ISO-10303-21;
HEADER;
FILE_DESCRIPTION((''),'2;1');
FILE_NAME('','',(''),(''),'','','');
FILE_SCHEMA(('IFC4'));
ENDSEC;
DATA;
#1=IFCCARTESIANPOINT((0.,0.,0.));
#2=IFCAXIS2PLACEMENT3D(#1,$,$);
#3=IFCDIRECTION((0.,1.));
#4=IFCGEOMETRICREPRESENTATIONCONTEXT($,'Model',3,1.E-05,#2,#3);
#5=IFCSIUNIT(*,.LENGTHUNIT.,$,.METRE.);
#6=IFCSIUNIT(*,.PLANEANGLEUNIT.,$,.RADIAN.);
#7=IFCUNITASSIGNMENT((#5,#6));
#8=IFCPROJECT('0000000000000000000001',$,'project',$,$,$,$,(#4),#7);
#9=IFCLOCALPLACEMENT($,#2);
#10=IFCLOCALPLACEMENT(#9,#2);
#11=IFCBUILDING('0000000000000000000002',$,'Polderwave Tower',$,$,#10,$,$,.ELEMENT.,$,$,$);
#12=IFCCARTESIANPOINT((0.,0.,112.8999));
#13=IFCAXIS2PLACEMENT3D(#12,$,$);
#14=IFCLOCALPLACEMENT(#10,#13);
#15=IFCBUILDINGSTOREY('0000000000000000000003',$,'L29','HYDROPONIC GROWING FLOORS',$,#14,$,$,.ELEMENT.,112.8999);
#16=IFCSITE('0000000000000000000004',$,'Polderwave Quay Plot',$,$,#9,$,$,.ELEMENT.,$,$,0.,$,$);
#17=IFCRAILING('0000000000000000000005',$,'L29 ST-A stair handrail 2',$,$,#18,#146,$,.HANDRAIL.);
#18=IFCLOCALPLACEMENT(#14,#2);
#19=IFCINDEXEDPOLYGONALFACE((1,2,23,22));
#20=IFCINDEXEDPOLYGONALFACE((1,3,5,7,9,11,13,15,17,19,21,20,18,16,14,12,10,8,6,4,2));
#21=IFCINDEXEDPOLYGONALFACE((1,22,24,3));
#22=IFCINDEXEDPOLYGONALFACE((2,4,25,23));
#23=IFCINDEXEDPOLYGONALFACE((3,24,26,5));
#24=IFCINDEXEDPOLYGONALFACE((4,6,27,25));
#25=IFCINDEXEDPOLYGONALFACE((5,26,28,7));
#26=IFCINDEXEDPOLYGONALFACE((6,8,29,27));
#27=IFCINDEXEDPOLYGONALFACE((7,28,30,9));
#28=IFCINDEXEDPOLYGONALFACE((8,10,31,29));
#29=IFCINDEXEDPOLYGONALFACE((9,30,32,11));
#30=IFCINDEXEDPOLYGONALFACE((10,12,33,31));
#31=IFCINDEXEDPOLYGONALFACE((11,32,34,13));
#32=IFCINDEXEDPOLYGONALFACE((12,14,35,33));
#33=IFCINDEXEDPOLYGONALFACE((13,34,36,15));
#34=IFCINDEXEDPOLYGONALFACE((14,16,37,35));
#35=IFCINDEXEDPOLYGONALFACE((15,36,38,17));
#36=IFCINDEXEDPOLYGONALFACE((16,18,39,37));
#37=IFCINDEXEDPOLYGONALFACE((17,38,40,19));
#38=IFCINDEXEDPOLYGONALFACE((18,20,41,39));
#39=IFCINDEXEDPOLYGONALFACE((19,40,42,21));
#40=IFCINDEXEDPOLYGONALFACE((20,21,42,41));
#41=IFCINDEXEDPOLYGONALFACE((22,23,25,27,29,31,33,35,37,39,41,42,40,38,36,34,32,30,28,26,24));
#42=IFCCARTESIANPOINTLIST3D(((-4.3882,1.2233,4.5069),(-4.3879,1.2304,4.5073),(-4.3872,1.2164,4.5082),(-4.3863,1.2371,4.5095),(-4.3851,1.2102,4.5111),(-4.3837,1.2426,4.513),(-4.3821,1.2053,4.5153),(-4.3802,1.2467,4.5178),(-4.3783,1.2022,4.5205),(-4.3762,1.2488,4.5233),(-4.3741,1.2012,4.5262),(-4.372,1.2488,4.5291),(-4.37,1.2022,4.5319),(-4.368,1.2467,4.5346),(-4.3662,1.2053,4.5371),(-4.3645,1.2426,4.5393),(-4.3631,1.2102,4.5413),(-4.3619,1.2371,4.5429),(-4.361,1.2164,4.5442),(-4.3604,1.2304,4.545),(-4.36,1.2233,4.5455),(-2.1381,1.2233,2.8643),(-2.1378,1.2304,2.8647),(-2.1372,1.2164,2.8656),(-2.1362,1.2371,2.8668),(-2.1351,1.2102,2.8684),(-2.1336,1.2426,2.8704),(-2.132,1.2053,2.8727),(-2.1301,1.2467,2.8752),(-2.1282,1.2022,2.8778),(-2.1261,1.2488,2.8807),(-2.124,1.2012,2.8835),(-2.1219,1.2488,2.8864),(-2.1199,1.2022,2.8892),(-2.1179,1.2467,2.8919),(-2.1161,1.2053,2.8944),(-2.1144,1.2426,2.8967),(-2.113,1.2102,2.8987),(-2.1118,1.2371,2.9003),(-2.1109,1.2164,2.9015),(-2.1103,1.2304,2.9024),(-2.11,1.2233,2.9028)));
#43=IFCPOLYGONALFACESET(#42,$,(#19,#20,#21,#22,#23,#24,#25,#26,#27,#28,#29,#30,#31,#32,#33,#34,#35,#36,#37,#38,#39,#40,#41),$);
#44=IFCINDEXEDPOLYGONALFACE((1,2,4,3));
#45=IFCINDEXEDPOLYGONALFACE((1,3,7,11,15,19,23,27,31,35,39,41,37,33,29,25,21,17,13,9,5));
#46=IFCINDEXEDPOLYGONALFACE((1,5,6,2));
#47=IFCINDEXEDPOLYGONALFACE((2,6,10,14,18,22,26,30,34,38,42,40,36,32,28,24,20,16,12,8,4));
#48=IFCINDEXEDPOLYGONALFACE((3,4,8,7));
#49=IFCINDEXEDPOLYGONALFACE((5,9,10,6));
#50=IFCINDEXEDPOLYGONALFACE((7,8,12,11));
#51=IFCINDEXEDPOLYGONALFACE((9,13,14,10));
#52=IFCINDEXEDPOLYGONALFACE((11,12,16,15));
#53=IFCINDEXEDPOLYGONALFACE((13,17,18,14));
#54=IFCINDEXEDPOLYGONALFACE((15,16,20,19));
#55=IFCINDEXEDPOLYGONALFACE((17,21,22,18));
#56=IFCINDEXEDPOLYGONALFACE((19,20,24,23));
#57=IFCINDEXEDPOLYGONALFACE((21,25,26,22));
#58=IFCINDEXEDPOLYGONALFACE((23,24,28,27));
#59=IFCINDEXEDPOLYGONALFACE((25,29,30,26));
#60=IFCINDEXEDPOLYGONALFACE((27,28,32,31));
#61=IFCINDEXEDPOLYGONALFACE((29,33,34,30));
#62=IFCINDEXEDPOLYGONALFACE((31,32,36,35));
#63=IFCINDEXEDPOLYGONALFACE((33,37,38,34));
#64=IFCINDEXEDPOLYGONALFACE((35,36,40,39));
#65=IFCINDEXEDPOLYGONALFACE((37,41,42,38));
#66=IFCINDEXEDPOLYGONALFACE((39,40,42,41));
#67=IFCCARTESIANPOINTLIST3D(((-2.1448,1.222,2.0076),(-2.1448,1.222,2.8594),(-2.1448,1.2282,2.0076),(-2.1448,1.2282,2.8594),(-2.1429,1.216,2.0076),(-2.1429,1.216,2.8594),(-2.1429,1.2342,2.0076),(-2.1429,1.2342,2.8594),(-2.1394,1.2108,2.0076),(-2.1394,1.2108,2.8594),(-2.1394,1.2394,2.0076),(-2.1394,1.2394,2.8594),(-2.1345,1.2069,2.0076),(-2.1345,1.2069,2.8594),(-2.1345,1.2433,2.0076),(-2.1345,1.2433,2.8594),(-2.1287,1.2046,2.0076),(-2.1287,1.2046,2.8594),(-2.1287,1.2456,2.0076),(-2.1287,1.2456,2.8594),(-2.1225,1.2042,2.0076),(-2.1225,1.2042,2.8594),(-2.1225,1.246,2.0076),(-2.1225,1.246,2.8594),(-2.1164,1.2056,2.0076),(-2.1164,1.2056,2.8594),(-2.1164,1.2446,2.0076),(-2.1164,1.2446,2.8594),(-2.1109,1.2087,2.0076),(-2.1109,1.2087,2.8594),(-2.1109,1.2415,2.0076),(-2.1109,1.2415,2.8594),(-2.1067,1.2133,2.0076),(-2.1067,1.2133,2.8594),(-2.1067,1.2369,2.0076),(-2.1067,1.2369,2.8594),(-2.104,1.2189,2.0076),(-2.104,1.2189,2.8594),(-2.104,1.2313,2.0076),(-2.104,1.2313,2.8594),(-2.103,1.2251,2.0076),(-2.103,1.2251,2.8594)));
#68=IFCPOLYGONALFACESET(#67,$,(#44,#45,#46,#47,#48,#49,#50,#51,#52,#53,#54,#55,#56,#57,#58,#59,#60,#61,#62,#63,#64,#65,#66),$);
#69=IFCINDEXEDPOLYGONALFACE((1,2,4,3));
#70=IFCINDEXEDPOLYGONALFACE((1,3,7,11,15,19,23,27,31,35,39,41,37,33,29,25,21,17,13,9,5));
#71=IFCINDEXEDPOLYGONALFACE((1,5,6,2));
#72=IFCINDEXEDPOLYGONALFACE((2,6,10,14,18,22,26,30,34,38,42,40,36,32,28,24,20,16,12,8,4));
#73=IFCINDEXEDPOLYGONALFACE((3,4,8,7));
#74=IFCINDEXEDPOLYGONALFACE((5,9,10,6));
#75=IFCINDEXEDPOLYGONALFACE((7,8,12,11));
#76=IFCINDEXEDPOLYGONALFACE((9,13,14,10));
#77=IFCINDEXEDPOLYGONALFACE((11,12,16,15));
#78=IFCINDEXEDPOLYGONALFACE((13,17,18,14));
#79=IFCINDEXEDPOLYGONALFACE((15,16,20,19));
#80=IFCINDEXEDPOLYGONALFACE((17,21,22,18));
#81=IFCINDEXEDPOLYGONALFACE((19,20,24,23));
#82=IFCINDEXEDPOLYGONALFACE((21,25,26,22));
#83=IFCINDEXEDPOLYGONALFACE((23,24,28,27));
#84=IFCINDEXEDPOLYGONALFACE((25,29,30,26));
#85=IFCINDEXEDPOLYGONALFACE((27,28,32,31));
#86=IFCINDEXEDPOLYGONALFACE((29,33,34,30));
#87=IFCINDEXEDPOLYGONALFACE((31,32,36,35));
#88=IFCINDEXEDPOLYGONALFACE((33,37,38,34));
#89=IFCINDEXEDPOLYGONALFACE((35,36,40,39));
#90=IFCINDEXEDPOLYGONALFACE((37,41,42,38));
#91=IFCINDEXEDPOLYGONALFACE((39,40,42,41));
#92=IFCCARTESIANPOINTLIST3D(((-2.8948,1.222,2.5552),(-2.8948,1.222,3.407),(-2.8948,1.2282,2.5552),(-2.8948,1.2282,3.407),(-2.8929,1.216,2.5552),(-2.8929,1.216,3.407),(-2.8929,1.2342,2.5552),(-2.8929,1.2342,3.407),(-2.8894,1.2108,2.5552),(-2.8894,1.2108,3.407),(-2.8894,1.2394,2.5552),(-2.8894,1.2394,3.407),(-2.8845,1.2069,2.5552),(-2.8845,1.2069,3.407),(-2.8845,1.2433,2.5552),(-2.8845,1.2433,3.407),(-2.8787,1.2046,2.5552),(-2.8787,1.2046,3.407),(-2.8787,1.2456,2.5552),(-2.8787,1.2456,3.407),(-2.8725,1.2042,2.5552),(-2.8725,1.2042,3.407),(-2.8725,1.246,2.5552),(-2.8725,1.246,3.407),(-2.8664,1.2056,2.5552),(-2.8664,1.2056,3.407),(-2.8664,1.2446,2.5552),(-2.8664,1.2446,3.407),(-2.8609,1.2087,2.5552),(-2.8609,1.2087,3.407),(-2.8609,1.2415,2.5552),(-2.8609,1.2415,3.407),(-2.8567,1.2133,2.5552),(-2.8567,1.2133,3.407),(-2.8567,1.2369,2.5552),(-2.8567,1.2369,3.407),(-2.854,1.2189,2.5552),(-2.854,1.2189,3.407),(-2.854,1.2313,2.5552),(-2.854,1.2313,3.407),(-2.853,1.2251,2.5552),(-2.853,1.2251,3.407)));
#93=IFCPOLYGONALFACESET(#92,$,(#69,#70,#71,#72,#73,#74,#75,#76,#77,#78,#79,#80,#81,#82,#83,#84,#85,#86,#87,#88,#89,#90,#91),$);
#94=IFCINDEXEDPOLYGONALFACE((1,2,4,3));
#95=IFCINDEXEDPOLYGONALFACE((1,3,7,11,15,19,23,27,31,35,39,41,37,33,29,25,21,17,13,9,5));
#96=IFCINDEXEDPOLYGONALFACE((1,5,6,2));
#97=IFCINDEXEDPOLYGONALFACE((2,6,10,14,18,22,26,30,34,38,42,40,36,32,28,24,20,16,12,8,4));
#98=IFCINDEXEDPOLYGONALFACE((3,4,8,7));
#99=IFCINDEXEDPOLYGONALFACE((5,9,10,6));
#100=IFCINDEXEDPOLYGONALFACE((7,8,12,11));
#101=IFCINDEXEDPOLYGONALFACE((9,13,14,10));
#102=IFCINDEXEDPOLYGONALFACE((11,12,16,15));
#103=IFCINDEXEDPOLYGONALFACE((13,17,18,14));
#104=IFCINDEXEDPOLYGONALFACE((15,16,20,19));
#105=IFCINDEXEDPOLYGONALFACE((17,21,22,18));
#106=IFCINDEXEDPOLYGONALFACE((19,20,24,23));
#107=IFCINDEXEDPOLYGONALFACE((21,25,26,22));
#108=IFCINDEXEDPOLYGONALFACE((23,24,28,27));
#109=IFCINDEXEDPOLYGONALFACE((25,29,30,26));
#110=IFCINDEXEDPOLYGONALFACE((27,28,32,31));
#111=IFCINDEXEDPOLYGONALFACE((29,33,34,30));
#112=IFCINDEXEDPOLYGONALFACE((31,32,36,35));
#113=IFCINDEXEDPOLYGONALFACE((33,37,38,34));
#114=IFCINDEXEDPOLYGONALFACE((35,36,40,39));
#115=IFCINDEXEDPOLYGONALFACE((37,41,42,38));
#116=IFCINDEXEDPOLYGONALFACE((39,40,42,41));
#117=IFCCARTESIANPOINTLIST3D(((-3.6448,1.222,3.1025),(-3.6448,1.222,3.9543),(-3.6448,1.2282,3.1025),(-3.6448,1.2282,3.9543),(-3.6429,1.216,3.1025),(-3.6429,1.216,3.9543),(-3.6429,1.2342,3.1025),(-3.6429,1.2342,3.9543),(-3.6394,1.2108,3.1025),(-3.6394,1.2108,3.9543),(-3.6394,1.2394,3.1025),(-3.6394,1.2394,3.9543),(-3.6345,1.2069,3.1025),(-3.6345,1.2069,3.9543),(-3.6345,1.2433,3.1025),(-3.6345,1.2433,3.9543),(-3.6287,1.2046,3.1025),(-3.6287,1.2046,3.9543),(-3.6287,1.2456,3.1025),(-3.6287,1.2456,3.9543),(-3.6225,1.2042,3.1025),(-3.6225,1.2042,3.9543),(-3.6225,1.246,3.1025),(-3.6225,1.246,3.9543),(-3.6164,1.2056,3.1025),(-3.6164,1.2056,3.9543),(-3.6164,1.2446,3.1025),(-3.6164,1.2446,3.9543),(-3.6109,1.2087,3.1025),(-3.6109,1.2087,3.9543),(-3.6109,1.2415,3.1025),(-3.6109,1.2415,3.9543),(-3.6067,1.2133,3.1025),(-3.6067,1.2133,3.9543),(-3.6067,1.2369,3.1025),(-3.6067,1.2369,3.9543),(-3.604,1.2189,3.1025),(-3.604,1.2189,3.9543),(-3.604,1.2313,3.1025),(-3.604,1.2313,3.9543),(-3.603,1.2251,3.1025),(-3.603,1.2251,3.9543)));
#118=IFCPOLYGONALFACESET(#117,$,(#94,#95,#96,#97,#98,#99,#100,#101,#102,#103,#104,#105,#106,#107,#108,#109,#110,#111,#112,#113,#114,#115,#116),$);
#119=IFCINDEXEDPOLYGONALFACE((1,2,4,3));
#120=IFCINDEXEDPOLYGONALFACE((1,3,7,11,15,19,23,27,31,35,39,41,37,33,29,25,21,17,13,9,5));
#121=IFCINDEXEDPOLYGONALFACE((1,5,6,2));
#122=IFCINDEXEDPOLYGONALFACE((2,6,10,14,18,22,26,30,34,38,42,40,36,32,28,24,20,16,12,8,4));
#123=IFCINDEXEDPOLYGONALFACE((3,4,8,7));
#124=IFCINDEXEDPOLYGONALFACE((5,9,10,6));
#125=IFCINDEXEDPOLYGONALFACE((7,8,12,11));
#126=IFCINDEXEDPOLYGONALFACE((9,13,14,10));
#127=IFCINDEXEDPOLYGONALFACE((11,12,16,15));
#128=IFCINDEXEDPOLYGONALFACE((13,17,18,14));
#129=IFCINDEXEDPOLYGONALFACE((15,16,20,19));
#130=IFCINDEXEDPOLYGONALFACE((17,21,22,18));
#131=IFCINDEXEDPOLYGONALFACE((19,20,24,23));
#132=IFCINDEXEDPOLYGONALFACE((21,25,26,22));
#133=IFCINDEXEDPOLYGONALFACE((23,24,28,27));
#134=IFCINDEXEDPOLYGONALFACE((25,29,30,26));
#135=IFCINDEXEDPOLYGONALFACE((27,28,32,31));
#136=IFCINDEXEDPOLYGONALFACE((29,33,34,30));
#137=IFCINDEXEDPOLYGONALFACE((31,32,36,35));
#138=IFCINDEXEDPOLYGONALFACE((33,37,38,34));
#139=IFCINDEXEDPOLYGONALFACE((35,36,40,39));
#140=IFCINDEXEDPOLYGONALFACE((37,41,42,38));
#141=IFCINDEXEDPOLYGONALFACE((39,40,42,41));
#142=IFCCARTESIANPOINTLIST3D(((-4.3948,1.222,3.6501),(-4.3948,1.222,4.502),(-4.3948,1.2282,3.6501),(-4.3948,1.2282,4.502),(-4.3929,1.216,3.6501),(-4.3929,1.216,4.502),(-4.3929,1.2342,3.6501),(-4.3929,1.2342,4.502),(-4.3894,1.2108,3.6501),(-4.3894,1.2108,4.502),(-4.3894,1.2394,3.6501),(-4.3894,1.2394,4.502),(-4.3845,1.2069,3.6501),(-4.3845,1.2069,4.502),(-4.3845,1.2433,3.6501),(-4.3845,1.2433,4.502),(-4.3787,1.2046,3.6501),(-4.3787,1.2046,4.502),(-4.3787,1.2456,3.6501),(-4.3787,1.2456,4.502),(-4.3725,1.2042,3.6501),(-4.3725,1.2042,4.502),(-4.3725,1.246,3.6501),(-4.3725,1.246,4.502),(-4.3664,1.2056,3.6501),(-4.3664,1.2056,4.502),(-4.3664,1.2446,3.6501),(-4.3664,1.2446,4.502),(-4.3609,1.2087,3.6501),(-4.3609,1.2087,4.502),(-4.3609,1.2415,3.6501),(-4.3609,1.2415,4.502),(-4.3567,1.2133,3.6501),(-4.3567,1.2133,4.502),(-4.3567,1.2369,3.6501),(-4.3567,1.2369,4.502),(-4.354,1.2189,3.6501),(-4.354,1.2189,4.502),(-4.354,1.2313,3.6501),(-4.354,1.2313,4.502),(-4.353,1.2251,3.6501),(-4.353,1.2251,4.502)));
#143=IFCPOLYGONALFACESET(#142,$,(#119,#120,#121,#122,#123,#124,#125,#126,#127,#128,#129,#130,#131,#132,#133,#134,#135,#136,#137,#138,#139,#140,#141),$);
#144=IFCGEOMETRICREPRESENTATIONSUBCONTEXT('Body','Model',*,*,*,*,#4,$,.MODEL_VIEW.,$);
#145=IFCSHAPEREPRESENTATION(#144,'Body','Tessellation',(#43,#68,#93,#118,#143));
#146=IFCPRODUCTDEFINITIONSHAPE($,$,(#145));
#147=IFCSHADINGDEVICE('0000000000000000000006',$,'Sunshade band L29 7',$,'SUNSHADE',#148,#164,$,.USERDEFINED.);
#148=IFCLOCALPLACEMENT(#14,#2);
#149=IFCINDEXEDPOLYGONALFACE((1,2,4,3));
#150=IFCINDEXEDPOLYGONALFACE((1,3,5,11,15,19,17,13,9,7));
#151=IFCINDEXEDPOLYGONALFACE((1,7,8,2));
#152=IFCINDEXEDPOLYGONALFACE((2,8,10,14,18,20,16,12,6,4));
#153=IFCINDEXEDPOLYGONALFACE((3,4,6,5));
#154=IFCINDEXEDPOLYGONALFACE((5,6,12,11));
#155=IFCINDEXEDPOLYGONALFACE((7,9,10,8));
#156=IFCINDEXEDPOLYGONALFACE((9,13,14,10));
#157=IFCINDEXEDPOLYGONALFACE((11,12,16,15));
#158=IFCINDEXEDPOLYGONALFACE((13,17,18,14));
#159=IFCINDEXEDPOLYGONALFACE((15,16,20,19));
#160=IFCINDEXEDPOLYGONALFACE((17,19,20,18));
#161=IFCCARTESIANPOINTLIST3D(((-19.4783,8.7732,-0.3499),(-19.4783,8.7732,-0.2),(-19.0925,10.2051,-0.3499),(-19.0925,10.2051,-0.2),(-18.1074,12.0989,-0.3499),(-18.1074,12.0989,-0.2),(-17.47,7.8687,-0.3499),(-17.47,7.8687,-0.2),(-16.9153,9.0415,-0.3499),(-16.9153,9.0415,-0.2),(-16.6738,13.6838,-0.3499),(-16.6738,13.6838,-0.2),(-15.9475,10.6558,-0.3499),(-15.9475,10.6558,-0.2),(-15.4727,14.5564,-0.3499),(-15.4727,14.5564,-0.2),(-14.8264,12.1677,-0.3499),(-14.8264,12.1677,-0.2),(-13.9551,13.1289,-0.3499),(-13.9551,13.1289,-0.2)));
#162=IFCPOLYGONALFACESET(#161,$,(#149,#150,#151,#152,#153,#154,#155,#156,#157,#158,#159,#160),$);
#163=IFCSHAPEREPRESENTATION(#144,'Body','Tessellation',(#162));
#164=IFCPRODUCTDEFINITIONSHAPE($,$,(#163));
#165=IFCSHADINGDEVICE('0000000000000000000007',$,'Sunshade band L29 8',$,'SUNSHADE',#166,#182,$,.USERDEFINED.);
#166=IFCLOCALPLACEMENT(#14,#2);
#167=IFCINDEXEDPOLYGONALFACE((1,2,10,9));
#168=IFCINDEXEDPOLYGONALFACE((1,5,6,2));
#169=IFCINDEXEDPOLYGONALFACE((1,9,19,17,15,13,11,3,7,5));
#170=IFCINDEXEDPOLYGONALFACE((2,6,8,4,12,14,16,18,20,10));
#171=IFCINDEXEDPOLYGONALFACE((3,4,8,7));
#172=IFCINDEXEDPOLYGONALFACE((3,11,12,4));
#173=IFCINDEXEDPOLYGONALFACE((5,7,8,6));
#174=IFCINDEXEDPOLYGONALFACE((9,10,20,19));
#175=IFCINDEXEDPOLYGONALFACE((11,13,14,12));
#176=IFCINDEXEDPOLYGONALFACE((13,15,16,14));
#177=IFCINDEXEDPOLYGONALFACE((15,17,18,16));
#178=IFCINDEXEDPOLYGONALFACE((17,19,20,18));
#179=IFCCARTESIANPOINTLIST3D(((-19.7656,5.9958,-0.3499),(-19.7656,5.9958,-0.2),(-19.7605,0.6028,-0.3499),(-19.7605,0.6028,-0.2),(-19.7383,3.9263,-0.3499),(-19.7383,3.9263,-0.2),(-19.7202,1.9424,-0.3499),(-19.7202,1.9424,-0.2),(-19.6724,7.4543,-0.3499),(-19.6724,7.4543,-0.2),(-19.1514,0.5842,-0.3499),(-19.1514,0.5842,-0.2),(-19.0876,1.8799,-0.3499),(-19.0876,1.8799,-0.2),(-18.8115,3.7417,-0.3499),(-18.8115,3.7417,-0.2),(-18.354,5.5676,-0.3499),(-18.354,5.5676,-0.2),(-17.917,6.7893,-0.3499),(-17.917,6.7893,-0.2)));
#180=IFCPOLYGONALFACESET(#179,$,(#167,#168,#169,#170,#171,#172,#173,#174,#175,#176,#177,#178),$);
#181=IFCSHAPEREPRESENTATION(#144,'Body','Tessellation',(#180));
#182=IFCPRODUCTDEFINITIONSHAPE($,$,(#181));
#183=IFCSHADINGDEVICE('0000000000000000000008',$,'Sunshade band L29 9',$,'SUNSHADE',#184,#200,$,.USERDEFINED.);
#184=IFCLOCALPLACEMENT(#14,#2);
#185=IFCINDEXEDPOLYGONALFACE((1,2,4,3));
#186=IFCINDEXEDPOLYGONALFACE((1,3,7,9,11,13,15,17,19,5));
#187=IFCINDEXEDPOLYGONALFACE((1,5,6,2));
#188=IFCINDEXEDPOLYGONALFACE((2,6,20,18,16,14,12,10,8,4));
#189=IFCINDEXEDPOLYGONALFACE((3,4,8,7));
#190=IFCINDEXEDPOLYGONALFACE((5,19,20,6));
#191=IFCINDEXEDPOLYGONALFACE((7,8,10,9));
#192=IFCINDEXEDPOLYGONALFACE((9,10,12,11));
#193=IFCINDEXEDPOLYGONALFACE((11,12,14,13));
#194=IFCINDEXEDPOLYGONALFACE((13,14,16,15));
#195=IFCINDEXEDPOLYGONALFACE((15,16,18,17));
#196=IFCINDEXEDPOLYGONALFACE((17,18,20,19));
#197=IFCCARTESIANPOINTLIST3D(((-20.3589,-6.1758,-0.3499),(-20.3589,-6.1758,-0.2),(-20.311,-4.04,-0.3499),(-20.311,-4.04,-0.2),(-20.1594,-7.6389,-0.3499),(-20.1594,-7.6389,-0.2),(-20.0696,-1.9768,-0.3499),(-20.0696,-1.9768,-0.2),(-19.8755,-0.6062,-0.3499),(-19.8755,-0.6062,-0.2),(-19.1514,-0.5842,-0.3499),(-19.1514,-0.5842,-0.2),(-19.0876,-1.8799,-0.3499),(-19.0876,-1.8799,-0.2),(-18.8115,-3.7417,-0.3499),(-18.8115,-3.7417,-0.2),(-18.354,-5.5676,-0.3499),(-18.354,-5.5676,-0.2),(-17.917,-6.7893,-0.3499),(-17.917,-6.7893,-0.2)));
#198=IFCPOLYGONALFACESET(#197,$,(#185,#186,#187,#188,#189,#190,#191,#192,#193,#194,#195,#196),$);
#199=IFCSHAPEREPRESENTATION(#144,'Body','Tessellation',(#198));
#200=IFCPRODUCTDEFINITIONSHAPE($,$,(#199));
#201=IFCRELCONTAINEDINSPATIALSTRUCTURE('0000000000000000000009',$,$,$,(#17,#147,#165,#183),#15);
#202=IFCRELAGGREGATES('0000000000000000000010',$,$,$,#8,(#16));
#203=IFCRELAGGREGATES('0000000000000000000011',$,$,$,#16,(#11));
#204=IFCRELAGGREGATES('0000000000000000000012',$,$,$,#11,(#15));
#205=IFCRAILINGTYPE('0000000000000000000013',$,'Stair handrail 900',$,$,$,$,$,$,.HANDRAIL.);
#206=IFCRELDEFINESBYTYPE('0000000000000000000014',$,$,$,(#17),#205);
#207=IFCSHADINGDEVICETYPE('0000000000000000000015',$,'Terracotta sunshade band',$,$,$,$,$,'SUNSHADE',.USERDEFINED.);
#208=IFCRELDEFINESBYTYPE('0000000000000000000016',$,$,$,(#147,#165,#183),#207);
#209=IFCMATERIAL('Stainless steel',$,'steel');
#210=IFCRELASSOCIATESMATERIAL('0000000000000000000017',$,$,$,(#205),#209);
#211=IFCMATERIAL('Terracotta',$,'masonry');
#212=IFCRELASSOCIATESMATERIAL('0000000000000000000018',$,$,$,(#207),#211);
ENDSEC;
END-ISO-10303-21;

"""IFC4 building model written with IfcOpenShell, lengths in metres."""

from ifc_helpers import new_model, si_unit, direction, frame, origin, origin_2d, place, context, subcontext, project, spatial, polyline, circle, outline, extrude, material, type_object, element, save


model = new_model("IFC4")

# Units and contexts
model_context = context("Model", 3, precision=1e-05, world=origin(), true_north=direction((0.0, 1.0)))
body_context = subcontext(model_context, "Body", "Model", "MODEL_VIEW")
ifc_project = project(units=[si_unit("LENGTHUNIT", "METRE"), si_unit("PLANEANGLEUNIT", "RADIAN")], contexts=[model_context])

# Site, building, storey
site_placement = place(None, origin())
site = spatial("IfcSite", under=ifc_project, at=site_placement, Name="Polderwave Quay Plot", CompositionType="ELEMENT", RefElevation=0.0)
building_placement = place(site_placement, origin())
building = spatial("IfcBuilding", under=site, at=building_placement, Name="Polderwave Tower", CompositionType="ELEMENT")
storey_placement = place(building_placement, frame((0.0, 0.0, 112.8999)))
storey = spatial("IfcBuildingStorey", under=building, at=storey_placement, Name="L29", Description="HYDROPONIC GROWING FLOORS", CompositionType="ELEMENT", Elevation=112.8999)

# Railing
ifc_material_1 = material(Name="Stainless steel", Category="steel")
railing_type_1 = type_object("IfcRailingType", Name="Stair handrail 900", PredefinedType="HANDRAIL", material=ifc_material_1)
railing_1_placement = place(storey_placement, frame((-2.124, 1.2251, 2.0076)))
element("IfcRailing", 1, at=railing_1_placement, inside=storey, type_object=railing_type_1, Name="L29 ST-A stair handrail 2", PredefinedType="HANDRAIL", context=body_context, shape_type="SweptSolid", body=[
    extrude(circle(Radius=0.0239, at=origin_2d()), frame((0.0, 0.0, 0.876), z_axis=(-0.807674, 0.0, 0.58963), x_axis=(0.0, -1.0, 0.0)), (0.0, 0.0, 1.0), 2.7859),
    extrude(circle(Radius=0.021, at=origin_2d()), origin(), (0.0, 0.0, 1.0), 0.8518),
    extrude(circle(Radius=0.021, at=origin_2d()), frame((-0.75, 0.0, 0.5476)), (0.0, 0.0, 1.0), 0.8518),
    extrude(circle(Radius=0.021, at=origin_2d()), frame((-1.5, 0.0, 1.095)), (0.0, 0.0, 1.0), 0.8518),
    extrude(circle(Radius=0.021, at=origin_2d()), frame((-2.25, 0.0, 1.6426)), (0.0, 0.0, 1.0), 0.8518),
])

# Shading devices
ifc_material_2 = material(Name="Terracotta", Category="masonry")
shading_device_type = type_object("IfcShadingDeviceType", Name="Terracotta sunshade band", ElementType="SUNSHADE", PredefinedType="USERDEFINED", material=ifc_material_2)
shading_device_1_placement = place(storey_placement, frame((0.0, 0.0, -0.3499)))
element("IfcShadingDevice", 2, at=shading_device_1_placement, inside=storey, type_object=shading_device_type, Name="Sunshade band L29 7", ObjectType="SUNSHADE", PredefinedType="USERDEFINED", context=body_context, shape_type="SweptSolid", body=[
    extrude(outline(polyline([(-13.9551, 13.1289), (-14.8264, 12.1677), (-15.9475, 10.6558), (-16.9153, 9.0415), (-17.47, 7.8687), (-19.4783, 8.7732), (-19.0925, 10.2051), (-18.1074, 12.0989), (-16.6738, 13.6838), (-15.4727, 14.5564), (-13.9551, 13.1289)])), origin(), (0.0, 0.0, 1.0), 0.1499),
])
shading_device_2_placement = place(storey_placement, frame((0.0, 0.0, -0.3499)))
element("IfcShadingDevice", 3, at=shading_device_2_placement, inside=storey, type_object=shading_device_type, Name="Sunshade band L29 8", ObjectType="SUNSHADE", PredefinedType="USERDEFINED", context=body_context, shape_type="SweptSolid", body=[
    extrude(outline(polyline([(-17.917, 6.7893), (-18.354, 5.5676), (-18.8115, 3.7417), (-19.0876, 1.8799), (-19.1514, 0.5842), (-19.7605, 0.6028), (-19.7202, 1.9424), (-19.7383, 3.9263), (-19.7656, 5.9958), (-19.6724, 7.4543), (-17.917, 6.7893)])), origin(), (0.0, 0.0, 1.0), 0.1499),
])
shading_device_3_placement = place(storey_placement, frame((0.0, 0.0, -0.3499)))
element("IfcShadingDevice", 4, at=shading_device_3_placement, inside=storey, type_object=shading_device_type, Name="Sunshade band L29 9", ObjectType="SUNSHADE", PredefinedType="USERDEFINED", context=body_context, shape_type="SweptSolid", body=[
    extrude(outline(polyline([(-19.1514, -0.5842), (-19.0876, -1.8799), (-18.8115, -3.7417), (-18.354, -5.5676), (-17.917, -6.7893), (-20.1594, -7.6389), (-20.3589, -6.1758), (-20.311, -4.04), (-20.0696, -1.9768), (-19.8755, -0.6062), (-19.1514, -0.5842)])), origin(), (0.0, 0.0, 1.0), 0.1499),
])

save(model, "model.ifc")
